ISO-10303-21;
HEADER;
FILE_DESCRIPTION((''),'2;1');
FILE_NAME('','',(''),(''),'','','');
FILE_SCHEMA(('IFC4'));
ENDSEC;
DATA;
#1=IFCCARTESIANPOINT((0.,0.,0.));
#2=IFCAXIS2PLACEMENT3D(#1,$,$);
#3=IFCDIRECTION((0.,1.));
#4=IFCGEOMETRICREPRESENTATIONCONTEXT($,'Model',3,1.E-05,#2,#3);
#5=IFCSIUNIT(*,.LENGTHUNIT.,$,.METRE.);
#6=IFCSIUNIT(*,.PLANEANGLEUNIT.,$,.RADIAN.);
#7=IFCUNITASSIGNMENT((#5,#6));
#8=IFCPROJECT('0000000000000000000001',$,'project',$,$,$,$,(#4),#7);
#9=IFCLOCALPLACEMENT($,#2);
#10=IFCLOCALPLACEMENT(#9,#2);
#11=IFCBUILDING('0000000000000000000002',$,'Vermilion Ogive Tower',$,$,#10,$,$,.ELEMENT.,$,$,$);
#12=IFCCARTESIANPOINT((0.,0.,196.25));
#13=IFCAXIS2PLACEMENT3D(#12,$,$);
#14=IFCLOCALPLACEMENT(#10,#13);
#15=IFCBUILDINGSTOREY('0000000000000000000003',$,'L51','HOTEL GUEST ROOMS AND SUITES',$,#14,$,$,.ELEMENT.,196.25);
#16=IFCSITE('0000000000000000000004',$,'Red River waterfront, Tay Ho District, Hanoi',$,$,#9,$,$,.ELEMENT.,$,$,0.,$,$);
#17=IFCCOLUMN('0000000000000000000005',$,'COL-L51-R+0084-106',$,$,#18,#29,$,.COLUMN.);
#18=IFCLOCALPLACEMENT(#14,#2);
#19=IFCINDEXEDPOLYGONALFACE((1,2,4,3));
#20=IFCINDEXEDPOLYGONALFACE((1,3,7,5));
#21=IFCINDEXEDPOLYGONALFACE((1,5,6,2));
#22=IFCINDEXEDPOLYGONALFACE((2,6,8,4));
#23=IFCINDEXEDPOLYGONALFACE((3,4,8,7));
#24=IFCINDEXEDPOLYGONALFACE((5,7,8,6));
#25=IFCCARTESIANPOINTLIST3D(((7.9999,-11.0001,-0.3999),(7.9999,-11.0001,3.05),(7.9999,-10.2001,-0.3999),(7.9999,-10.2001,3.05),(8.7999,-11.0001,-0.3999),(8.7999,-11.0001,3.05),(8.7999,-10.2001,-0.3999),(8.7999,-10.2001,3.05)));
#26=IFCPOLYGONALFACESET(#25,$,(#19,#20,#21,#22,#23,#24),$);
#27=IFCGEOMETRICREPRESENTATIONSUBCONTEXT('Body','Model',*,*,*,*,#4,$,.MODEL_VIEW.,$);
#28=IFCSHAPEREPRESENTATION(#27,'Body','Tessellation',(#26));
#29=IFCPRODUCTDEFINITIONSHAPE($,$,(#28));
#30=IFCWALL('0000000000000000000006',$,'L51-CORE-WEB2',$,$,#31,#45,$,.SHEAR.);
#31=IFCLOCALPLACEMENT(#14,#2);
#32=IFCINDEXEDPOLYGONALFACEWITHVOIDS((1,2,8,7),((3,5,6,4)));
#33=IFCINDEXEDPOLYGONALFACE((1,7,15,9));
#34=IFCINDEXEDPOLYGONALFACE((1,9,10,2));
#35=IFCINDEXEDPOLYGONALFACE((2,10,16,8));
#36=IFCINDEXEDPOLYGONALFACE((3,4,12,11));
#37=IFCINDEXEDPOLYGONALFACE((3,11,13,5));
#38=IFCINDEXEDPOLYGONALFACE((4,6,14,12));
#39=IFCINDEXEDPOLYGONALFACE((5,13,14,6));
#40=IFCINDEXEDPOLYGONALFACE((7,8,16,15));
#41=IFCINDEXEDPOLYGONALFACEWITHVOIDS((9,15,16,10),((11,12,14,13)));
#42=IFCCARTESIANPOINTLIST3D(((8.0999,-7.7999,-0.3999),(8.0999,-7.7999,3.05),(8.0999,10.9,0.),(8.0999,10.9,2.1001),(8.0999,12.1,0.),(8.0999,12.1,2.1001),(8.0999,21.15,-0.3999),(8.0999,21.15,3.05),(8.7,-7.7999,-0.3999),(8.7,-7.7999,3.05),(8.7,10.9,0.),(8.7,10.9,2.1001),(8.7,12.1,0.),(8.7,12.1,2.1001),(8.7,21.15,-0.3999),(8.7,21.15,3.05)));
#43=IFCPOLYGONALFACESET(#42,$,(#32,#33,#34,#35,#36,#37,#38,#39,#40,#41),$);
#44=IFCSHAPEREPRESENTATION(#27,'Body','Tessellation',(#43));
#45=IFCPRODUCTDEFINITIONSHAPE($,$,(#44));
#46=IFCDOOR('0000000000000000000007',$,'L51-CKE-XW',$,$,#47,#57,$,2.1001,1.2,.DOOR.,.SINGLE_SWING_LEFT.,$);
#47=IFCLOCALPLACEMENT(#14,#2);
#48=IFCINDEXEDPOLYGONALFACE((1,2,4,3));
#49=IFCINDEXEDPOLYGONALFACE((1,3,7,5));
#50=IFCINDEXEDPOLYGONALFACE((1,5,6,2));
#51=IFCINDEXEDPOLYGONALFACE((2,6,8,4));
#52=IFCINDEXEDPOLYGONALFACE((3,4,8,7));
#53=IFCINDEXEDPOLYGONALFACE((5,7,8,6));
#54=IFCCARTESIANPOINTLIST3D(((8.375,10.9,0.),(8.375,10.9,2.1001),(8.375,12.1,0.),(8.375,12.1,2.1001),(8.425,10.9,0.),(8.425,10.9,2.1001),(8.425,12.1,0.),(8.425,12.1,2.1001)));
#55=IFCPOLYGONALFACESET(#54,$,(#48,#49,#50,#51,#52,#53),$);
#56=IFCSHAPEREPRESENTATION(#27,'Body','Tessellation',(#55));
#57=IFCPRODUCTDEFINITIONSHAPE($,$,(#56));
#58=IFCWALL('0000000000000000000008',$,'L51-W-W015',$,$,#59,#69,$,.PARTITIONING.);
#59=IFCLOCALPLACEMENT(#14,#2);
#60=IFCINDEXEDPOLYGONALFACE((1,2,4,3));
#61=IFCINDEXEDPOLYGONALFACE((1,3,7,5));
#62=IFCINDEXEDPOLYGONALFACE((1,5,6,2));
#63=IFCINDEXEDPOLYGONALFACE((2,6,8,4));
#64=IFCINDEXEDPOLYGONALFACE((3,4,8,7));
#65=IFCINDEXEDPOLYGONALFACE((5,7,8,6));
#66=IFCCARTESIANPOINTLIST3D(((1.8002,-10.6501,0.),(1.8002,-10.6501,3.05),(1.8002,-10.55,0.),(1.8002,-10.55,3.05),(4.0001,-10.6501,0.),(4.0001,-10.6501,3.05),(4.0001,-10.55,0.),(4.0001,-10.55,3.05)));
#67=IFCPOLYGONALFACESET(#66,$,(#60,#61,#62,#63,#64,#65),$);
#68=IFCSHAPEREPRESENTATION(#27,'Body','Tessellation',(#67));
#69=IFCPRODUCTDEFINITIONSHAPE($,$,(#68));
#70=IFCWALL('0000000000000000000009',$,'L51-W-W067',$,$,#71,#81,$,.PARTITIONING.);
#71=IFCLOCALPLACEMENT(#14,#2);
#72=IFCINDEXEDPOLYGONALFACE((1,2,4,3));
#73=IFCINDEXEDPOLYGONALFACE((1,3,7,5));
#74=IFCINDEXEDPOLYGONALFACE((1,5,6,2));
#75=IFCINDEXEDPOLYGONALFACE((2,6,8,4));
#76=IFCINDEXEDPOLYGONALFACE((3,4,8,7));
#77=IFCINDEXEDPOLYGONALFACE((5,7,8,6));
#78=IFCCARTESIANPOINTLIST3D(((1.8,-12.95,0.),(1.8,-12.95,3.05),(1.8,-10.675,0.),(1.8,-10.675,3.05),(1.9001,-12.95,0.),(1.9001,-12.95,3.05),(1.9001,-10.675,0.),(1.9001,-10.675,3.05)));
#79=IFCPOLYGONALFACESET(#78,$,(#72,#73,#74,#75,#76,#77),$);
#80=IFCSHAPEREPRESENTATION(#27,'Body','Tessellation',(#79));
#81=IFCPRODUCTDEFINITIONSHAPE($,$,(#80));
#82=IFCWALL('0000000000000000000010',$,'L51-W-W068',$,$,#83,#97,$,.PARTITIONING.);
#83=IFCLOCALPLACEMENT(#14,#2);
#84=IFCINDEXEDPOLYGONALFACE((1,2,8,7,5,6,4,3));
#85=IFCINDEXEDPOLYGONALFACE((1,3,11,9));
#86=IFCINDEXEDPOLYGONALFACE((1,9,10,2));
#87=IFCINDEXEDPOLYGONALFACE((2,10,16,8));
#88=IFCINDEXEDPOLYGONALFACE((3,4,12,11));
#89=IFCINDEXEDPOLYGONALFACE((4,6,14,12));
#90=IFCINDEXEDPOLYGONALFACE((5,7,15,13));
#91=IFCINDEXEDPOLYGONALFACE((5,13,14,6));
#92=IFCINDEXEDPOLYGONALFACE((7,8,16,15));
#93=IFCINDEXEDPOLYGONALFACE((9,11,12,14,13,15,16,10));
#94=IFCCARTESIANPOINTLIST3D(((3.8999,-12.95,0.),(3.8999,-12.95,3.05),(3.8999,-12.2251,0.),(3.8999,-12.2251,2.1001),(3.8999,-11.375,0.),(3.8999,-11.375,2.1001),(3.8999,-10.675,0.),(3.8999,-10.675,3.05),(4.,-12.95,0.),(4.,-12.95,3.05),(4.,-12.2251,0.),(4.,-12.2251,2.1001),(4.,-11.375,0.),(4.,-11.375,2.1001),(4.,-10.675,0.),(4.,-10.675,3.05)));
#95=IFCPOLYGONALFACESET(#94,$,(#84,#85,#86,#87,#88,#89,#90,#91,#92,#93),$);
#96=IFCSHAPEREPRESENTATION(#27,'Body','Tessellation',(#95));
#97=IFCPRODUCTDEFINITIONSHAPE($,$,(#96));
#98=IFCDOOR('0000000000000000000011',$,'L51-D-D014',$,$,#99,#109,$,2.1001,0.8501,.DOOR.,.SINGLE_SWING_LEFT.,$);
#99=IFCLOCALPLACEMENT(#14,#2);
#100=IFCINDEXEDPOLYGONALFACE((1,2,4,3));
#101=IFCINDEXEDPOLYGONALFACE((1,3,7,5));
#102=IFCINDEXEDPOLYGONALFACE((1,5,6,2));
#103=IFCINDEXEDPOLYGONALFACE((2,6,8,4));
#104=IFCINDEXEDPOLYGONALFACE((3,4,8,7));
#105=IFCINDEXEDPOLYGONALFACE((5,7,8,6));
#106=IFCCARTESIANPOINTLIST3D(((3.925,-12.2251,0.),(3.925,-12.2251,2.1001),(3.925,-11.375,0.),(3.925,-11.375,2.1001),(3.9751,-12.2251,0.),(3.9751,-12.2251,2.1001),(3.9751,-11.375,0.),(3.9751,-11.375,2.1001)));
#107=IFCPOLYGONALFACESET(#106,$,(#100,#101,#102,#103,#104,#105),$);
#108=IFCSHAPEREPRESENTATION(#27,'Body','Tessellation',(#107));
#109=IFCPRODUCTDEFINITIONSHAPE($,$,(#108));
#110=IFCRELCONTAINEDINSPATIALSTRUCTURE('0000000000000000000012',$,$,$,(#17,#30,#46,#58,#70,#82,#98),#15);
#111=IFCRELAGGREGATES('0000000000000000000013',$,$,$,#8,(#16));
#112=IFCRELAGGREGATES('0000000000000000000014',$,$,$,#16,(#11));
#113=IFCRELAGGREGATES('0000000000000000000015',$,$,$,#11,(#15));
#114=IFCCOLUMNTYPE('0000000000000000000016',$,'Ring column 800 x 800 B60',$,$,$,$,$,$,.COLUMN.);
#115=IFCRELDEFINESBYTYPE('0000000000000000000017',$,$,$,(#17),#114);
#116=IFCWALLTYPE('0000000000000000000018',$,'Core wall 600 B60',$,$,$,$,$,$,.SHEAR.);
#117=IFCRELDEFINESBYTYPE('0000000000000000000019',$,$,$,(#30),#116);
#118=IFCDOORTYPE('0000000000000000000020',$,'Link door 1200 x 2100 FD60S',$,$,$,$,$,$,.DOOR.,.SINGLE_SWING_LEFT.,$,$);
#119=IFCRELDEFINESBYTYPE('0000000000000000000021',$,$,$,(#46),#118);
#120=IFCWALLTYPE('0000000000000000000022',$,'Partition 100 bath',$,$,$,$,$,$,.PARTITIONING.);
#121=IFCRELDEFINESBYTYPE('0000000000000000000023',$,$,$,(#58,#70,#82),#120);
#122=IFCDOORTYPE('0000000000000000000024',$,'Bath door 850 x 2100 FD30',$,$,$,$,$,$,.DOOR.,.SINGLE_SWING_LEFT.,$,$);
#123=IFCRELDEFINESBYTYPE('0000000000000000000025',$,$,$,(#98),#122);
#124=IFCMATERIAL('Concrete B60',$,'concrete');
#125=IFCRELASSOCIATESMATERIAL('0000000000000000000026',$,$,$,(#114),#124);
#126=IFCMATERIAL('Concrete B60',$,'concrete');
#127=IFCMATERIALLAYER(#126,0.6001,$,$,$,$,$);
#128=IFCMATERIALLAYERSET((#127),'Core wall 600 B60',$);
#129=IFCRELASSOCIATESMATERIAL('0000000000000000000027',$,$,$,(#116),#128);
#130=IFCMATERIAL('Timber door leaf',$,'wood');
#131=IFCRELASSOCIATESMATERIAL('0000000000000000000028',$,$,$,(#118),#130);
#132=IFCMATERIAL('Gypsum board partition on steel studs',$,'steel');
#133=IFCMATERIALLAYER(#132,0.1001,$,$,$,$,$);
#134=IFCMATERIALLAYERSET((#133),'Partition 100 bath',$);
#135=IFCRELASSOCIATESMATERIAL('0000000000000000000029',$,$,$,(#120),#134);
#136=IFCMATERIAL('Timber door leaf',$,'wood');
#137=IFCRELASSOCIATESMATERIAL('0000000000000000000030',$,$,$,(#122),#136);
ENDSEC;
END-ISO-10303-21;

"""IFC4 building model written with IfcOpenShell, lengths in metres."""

from ifc_helpers import new_model, si_unit, direction, frame, frame_2d, origin, origin_2d, place, context, subcontext, project, spatial, rectangle, extrude, material, layer, layer_set, material_profile, profile_set, type_object, element, fill, save


model = new_model("IFC4")

# Units and contexts
model_context = context("Model", 3, precision=1e-05, world=origin(), true_north=direction((0.0, 1.0)))
body_context = subcontext(model_context, "Body", "Model", "MODEL_VIEW")
ifc_project = project(units=[si_unit("LENGTHUNIT", "METRE"), si_unit("PLANEANGLEUNIT", "RADIAN")], contexts=[model_context])

# Site, building, storey
site_placement = place(None, origin())
site = spatial("IfcSite", under=ifc_project, at=site_placement, Name="Red River waterfront, Tay Ho District, Hanoi", CompositionType="ELEMENT", RefElevation=0.0)
building_placement = place(site_placement, origin())
building = spatial("IfcBuilding", under=site, at=building_placement, Name="Vermilion Ogive Tower", CompositionType="ELEMENT")
storey_placement = place(building_placement, frame((0.0, 0.0, 196.25)))
storey = spatial("IfcBuildingStorey", under=building, at=storey_placement, Name="L51", Description="HOTEL GUEST ROOMS AND SUITES", CompositionType="ELEMENT", Elevation=196.25)

# Column
ifc_material_1 = material(Name="Concrete B60", Category="concrete")
ifc_material_profile = material_profile(ifc_material_1, rectangle(XDim=0.8, YDim=0.8, at=origin_2d()), Name="800 x 800")
ifc_profile_set = profile_set([ifc_material_profile], Name="Concrete B60")
column_type = type_object("IfcColumnType", Name="Ring column 800 x 800 B60", PredefinedType="COLUMN", material=ifc_profile_set)
column_placement = place(storey_placement, frame((8.3999, -10.6001, -0.3999), z_axis=(0.0, 0.0, 1.0), x_axis=(1.0, 0.0, 0.0)))
element("IfcColumn", 1, at=column_placement, inside=storey, type_object=column_type, Name="COL-L51-R+0084-106", PredefinedType="COLUMN", context=body_context, shape_type="SweptSolid", body=[
    extrude(rectangle(XDim=0.8, YDim=0.8, at=origin_2d()), origin(), (0.0, 0.0, 1.0), 3.45),
])

# Wall, opening, door
ifc_material_2 = material(Name="Concrete B60", Category="concrete")
ifc_layer_1 = layer(ifc_material_2, 0.6001)
ifc_layer_set_1 = layer_set([ifc_layer_1], Name="Core wall 600 B60")
wall_type_1 = type_object("IfcWallType", Name="Core wall 600 B60", PredefinedType="SHEAR", material=ifc_layer_set_1)
wall_1_placement = place(storey_placement, frame((8.3999, -7.8, -0.3999), z_axis=(0.0, 0.0, 1.0), x_axis=(0.0, 1.0, 0.0)))
wall_1 = element("IfcWall", 2, at=wall_1_placement, inside=storey, type_object=wall_type_1, Name="L51-CORE-WEB2", PredefinedType="SHEAR", context=body_context, shape_type="SweptSolid", body=[
    extrude(rectangle(XDim=28.95, YDim=0.6001, at=frame_2d((14.4751, 0.0))), origin(), (0.0, 0.0, 1.0), 3.45),
])
opening_1_placement = place(wall_1_placement, frame((18.7, 0.0, 0.3999)))
opening_1 = element("IfcOpeningElement", 3, at=opening_1_placement, cuts=wall_1, PredefinedType="OPENING", context=body_context, shape_type="SweptSolid", body=[
    extrude(rectangle(XDim=1.2, YDim=2.1001, at=frame_2d((0.6001, 1.05))), frame((0.0, 0.3101, 0.0), z_axis=(0.0, -1.0, 0.0), x_axis=(1.0, 0.0, 0.0)), (0.0, 0.0, 1.0), 0.6201),
])
ifc_material_3 = material(Name="Timber door leaf", Category="wood")
door_type_1 = type_object("IfcDoorType", Name="Link door 1200 x 2100 FD60S", OperationType="SINGLE_SWING_LEFT", PredefinedType="DOOR", material=ifc_material_3)
door_1_placement = place(opening_1_placement, origin())
door_1 = element("IfcDoor", 4, at=door_1_placement, inside=storey, type_object=door_type_1, Name="L51-CKE-XW", OperationType="SINGLE_SWING_LEFT", OverallHeight=2.1001, OverallWidth=1.2, PredefinedType="DOOR", context=body_context, shape_type="SweptSolid", body=[
    extrude(rectangle(XDim=1.2, YDim=2.1001, at=frame_2d((0.6001, 1.05))), frame((0.0, 0.0249, 0.0), z_axis=(0.0, -1.0, 0.0), x_axis=(1.0, 0.0, 0.0)), (0.0, 0.0, 1.0), 0.05),
])
fill(opening_1, door_1)

# Walls
ifc_material_4 = material(Name="Gypsum board partition on steel studs", Category="steel")
ifc_layer_2 = layer(ifc_material_4, 0.1001)
ifc_layer_set_2 = layer_set([ifc_layer_2], Name="Partition 100 bath")
wall_type_2 = type_object("IfcWallType", Name="Partition 100 bath", PredefinedType="PARTITIONING", material=ifc_layer_set_2)
wall_2_placement = place(storey_placement, frame((1.8, -10.6001, 0.0), z_axis=(0.0, 0.0, 1.0), x_axis=(1.0, 0.0, 0.0)))
element("IfcWall", 5, at=wall_2_placement, inside=storey, type_object=wall_type_2, Name="L51-W-W015", PredefinedType="PARTITIONING", context=body_context, shape_type="SweptSolid", body=[
    extrude(rectangle(XDim=2.2, YDim=0.1001, at=frame_2d((1.1001, 0.0))), origin(), (0.0, 0.0, 1.0), 3.05),
])
wall_3_placement = place(storey_placement, frame((1.8501, -12.95, 0.0), z_axis=(0.0, 0.0, 1.0), x_axis=(0.0, 1.0, 0.0)))
element("IfcWall", 6, at=wall_3_placement, inside=storey, type_object=wall_type_2, Name="L51-W-W067", PredefinedType="PARTITIONING", context=body_context, shape_type="SweptSolid", body=[
    extrude(rectangle(XDim=2.2749, YDim=0.1001, at=frame_2d((1.1375, 0.0))), origin(), (0.0, 0.0, 1.0), 3.05),
])

# Wall, opening, door
wall_4_placement = place(storey_placement, frame((3.95, -12.95, 0.0), z_axis=(0.0, 0.0, 1.0), x_axis=(0.0, 1.0, 0.0)))
wall_4 = element("IfcWall", 7, at=wall_4_placement, inside=storey, type_object=wall_type_2, Name="L51-W-W068", PredefinedType="PARTITIONING", context=body_context, shape_type="SweptSolid", body=[
    extrude(rectangle(XDim=2.2749, YDim=0.1001, at=frame_2d((1.1375, 0.0))), origin(), (0.0, 0.0, 1.0), 3.05),
])
opening_2_placement = place(wall_4_placement, frame((0.7249, 0.0, 0.0)))
opening_2 = element("IfcOpeningElement", 8, at=opening_2_placement, cuts=wall_4, PredefinedType="OPENING", context=body_context, shape_type="SweptSolid", body=[
    extrude(rectangle(XDim=0.8501, YDim=2.1001, at=frame_2d((0.425, 1.05))), frame((0.0, 0.0601, 0.0), z_axis=(0.0, -1.0, 0.0), x_axis=(1.0, 0.0, 0.0)), (0.0, 0.0, 1.0), 0.1201),
])
ifc_material_5 = material(Name="Timber door leaf", Category="wood")
door_type_2 = type_object("IfcDoorType", Name="Bath door 850 x 2100 FD30", OperationType="SINGLE_SWING_LEFT", PredefinedType="DOOR", material=ifc_material_5)
door_2_placement = place(opening_2_placement, origin())
door_2 = element("IfcDoor", 9, at=door_2_placement, inside=storey, type_object=door_type_2, Name="L51-D-D014", OperationType="SINGLE_SWING_LEFT", OverallHeight=2.1001, OverallWidth=0.8501, PredefinedType="DOOR", context=body_context, shape_type="SweptSolid", body=[
    extrude(rectangle(XDim=0.8501, YDim=2.1001, at=frame_2d((0.425, 1.05))), frame((0.0, 0.0249, 0.0), z_axis=(0.0, -1.0, 0.0), x_axis=(1.0, 0.0, 0.0)), (0.0, 0.0, 1.0), 0.05),
])
fill(opening_2, door_2)

save(model, "model.ifc")
